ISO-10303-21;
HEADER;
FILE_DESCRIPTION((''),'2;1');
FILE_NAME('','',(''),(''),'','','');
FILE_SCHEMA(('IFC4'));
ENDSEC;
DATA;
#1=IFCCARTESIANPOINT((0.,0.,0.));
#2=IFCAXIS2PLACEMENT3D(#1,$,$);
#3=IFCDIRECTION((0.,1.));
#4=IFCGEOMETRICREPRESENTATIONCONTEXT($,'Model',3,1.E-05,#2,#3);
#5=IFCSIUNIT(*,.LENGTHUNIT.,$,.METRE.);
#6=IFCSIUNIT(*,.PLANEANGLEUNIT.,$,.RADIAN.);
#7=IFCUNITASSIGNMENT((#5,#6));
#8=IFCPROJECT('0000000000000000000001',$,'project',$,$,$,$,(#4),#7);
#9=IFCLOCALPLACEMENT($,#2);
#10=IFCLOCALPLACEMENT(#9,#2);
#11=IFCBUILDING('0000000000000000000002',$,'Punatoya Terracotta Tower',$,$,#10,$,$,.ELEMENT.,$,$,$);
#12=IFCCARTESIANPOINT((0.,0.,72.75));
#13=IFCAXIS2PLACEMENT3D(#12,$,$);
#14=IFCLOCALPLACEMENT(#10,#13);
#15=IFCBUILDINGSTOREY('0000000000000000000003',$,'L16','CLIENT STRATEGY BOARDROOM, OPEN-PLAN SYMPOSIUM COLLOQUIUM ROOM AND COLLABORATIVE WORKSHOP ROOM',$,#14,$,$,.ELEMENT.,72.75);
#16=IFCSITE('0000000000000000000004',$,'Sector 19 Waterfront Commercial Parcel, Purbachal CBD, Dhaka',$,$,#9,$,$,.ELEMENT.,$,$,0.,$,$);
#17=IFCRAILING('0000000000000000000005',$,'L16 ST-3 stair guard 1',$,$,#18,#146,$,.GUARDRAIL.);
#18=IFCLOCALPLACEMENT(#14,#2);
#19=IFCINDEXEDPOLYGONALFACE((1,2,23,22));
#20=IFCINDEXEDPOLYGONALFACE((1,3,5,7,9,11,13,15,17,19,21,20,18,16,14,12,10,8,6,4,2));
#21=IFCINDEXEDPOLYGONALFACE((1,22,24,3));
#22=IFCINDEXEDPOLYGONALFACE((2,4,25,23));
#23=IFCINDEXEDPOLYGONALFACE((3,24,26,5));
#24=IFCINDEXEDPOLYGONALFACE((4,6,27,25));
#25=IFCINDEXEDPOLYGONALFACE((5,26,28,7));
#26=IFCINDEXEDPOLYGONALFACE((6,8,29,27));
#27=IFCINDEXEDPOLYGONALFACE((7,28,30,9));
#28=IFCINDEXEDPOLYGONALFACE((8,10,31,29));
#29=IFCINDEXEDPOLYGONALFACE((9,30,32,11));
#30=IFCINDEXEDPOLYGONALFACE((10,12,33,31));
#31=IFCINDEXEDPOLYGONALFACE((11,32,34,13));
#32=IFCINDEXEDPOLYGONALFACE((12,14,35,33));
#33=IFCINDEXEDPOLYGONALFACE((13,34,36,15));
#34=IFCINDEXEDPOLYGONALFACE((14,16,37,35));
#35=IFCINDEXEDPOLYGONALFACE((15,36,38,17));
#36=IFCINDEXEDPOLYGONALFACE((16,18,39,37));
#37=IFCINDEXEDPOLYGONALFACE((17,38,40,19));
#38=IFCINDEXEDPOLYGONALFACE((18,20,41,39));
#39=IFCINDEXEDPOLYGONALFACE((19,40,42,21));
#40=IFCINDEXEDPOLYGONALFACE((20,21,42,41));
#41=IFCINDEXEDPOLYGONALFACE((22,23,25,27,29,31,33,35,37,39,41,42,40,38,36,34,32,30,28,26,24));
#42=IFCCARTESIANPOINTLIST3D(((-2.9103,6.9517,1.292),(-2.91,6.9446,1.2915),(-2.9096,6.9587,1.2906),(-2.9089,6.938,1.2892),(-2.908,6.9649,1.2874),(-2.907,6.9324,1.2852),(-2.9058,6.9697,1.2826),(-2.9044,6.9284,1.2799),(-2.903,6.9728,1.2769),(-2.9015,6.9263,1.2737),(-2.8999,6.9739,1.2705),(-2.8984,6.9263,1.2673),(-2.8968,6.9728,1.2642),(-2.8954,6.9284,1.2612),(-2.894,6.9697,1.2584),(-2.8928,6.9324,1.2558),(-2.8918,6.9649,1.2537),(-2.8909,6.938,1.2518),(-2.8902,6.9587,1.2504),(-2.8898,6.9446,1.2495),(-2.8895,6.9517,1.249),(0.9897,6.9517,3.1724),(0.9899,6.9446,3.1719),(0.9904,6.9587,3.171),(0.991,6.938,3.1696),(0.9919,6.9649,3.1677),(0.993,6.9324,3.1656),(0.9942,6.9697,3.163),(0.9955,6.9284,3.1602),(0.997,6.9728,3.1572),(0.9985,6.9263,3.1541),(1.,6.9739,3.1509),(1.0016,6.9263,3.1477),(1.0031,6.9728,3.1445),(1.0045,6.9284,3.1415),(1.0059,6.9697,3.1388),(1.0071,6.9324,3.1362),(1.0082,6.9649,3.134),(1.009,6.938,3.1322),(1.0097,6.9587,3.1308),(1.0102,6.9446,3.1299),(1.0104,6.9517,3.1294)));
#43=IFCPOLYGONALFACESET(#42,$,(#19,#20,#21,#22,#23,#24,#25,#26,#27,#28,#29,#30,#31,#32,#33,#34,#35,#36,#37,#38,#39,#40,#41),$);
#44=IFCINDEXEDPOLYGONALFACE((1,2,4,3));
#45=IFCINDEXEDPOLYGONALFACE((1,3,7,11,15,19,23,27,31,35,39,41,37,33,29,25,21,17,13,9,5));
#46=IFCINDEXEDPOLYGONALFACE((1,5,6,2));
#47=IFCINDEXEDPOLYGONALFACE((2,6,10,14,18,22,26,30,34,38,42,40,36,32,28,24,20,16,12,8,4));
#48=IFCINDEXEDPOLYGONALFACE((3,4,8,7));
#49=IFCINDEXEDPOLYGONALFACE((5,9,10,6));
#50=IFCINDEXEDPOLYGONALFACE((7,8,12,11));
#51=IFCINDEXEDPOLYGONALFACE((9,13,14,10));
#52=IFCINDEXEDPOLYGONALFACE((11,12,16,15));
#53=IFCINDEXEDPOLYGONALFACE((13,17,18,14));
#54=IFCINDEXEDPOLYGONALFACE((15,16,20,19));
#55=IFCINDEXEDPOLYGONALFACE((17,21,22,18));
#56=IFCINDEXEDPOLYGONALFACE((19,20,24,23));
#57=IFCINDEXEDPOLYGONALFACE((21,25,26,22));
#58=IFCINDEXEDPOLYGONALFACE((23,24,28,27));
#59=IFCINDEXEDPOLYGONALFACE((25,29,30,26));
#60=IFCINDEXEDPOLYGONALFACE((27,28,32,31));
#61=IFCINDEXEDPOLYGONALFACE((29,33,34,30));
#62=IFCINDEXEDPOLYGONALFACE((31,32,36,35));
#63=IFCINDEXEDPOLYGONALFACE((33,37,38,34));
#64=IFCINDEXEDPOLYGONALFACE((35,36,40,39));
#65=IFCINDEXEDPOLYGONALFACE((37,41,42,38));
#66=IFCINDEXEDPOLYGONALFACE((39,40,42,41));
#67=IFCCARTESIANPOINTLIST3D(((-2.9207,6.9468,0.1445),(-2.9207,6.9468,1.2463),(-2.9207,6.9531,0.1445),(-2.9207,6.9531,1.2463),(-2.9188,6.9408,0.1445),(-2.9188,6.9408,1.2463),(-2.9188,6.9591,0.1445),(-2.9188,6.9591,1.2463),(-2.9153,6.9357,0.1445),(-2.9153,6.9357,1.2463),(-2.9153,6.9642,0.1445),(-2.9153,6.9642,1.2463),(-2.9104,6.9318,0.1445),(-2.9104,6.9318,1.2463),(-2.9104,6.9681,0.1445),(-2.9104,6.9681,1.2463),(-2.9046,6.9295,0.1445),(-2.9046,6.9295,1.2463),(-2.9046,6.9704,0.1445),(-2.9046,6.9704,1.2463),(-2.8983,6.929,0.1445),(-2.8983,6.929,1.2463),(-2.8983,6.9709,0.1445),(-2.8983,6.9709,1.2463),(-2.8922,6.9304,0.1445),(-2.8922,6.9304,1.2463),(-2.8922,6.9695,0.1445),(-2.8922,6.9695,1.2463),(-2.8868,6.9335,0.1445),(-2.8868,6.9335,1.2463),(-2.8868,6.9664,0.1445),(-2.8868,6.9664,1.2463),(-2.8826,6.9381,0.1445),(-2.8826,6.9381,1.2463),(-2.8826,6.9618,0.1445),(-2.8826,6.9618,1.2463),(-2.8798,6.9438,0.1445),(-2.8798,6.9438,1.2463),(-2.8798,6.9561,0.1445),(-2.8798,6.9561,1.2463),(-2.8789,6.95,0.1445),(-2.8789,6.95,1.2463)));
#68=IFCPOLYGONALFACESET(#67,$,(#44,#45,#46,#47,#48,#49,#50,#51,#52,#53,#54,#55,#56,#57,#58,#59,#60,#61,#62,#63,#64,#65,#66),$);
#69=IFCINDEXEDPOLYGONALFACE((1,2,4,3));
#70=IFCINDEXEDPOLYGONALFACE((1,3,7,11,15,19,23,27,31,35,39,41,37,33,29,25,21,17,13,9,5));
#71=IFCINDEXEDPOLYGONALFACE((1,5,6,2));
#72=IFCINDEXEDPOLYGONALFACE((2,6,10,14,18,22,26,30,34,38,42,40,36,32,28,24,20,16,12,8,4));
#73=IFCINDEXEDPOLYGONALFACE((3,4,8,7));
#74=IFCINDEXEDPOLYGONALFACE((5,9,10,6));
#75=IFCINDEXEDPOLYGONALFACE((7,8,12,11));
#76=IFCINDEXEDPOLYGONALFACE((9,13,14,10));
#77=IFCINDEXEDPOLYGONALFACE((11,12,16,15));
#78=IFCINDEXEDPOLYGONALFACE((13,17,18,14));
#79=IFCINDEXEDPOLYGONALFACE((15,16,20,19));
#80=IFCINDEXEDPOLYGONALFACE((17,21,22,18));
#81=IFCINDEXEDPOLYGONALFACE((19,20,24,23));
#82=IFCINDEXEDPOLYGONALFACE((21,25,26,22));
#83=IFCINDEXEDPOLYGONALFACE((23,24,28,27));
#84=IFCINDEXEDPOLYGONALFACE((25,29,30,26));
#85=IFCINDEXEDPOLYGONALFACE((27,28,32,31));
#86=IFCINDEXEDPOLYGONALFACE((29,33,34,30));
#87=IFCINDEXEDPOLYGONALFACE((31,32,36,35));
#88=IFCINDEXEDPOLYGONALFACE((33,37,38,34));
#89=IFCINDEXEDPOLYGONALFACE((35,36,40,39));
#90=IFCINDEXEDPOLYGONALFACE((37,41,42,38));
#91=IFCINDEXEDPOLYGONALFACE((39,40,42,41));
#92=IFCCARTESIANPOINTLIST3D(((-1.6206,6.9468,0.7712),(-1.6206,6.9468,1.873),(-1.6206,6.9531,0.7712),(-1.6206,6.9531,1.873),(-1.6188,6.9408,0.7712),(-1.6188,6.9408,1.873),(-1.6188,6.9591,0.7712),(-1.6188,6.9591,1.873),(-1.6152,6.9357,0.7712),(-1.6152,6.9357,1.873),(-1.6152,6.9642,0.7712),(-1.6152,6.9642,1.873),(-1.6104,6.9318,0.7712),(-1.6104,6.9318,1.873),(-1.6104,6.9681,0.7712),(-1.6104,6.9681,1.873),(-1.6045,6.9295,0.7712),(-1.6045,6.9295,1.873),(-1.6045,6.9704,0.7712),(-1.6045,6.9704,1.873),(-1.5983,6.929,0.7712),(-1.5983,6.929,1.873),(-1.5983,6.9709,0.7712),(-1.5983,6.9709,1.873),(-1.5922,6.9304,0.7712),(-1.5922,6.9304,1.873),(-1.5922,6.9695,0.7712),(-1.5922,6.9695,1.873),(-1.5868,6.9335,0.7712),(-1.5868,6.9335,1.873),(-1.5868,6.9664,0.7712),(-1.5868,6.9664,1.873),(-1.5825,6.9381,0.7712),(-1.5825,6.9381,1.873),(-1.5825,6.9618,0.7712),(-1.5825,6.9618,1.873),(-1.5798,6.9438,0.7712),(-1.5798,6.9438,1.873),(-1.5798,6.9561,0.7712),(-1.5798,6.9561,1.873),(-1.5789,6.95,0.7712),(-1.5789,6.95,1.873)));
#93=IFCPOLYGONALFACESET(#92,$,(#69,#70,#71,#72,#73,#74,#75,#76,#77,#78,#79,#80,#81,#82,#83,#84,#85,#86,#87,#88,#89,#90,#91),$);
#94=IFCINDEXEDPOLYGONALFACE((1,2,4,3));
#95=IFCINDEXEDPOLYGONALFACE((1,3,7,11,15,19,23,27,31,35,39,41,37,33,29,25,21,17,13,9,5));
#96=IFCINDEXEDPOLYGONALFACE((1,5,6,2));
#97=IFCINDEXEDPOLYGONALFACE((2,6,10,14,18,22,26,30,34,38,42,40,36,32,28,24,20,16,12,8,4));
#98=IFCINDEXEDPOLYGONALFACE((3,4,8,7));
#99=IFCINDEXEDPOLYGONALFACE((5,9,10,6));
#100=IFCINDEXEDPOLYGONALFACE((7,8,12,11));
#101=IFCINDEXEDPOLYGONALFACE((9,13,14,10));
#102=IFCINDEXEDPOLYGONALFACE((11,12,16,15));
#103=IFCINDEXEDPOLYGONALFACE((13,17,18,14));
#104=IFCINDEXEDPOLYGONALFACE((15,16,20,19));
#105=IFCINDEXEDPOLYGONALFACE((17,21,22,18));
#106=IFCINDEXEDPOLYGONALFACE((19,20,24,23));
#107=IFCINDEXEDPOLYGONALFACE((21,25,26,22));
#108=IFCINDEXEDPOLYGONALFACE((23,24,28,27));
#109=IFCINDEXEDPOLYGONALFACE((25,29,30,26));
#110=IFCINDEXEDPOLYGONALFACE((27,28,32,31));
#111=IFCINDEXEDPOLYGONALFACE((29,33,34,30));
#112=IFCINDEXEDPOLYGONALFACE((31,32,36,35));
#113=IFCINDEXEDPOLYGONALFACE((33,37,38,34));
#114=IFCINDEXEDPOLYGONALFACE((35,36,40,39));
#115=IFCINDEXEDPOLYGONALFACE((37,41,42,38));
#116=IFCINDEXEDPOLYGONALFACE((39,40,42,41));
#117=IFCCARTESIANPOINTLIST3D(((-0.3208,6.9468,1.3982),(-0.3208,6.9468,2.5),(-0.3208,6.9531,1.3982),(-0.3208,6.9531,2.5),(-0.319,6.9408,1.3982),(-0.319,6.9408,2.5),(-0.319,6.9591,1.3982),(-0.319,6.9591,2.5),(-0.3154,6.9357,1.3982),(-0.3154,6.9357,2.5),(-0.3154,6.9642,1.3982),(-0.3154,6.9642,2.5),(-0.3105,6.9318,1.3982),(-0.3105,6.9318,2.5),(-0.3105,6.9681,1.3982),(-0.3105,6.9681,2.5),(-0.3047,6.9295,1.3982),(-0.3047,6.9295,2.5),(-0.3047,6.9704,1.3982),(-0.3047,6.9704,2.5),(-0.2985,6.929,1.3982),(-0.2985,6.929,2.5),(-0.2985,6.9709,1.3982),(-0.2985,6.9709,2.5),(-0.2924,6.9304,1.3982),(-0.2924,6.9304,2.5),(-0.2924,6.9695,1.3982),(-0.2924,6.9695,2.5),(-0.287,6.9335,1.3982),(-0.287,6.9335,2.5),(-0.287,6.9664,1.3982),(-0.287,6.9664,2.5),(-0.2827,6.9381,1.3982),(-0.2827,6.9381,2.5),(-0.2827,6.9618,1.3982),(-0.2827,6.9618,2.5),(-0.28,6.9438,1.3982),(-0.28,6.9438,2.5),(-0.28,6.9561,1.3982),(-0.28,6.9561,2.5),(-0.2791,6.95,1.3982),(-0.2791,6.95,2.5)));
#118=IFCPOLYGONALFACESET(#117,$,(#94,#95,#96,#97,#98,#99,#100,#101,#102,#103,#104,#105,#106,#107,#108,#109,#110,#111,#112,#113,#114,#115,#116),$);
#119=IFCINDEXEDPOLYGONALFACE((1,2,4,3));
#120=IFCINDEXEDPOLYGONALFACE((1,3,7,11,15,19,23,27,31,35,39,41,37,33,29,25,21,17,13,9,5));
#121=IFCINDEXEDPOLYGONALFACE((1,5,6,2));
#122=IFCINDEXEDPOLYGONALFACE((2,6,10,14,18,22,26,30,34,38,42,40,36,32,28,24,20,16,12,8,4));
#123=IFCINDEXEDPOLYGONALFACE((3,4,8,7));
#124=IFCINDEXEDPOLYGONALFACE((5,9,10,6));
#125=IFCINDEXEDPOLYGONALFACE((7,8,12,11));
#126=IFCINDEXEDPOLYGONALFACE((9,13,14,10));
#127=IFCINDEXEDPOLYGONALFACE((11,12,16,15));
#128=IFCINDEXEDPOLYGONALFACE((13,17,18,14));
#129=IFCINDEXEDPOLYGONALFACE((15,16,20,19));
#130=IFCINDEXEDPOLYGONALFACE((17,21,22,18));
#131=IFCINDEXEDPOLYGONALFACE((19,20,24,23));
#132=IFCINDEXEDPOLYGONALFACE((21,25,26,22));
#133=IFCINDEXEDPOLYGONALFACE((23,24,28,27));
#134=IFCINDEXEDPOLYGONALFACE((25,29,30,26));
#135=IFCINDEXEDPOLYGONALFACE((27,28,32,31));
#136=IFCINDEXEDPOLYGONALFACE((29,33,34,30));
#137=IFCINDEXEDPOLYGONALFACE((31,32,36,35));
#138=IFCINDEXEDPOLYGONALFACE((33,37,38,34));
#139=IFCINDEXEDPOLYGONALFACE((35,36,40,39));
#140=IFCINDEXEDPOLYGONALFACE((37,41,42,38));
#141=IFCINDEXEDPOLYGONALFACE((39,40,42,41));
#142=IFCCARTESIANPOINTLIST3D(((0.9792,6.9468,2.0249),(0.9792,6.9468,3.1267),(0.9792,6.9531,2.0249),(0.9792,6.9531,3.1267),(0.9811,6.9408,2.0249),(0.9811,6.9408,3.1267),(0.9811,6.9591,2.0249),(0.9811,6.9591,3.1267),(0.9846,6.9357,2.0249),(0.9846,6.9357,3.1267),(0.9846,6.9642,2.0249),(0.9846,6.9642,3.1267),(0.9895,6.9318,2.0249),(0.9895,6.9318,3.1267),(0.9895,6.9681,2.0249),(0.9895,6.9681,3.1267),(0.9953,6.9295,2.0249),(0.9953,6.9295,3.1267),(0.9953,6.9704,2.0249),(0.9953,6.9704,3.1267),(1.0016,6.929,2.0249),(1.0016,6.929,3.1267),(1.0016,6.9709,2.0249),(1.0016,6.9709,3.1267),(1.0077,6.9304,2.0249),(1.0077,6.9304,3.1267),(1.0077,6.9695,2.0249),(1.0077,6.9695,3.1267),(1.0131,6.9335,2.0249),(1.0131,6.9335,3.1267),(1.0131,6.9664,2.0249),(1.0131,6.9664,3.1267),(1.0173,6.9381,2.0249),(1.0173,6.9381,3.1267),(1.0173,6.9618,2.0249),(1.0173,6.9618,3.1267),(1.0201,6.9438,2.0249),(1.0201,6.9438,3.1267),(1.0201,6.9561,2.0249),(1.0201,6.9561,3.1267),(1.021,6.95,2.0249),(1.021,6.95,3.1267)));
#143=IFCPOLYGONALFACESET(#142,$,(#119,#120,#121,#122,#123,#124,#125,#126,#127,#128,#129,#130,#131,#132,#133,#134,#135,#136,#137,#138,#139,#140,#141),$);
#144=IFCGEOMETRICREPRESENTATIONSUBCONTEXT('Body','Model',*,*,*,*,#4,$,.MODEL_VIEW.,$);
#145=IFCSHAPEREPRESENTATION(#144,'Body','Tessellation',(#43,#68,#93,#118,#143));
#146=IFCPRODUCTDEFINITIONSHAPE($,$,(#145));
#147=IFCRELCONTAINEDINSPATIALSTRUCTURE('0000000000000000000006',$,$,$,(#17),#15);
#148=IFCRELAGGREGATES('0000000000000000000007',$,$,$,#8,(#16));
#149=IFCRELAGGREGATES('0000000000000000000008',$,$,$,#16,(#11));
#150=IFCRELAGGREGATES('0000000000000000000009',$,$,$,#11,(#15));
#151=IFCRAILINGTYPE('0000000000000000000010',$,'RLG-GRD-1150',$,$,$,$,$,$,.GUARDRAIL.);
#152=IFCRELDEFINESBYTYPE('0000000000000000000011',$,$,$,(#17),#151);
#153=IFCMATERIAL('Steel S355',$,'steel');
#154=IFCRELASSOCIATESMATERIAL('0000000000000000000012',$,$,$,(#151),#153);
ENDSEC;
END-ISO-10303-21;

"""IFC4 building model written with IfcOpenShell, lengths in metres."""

from ifc_helpers import new_model, si_unit, direction, frame, origin, origin_2d, place, context, subcontext, project, spatial, circle, extrude, material, type_object, element, save


model = new_model("IFC4")

# Units and contexts
model_context = context("Model", 3, precision=1e-05, world=origin(), true_north=direction((0.0, 1.0)))
body_context = subcontext(model_context, "Body", "Model", "MODEL_VIEW")
ifc_project = project(units=[si_unit("LENGTHUNIT", "METRE"), si_unit("PLANEANGLEUNIT", "RADIAN")], contexts=[model_context])

# Site, building, storey
site_placement = place(None, origin())
site = spatial("IfcSite", under=ifc_project, at=site_placement, Name="Sector 19 Waterfront Commercial Parcel, Purbachal CBD, Dhaka", CompositionType="ELEMENT", RefElevation=0.0)
building_placement = place(site_placement, origin())
building = spatial("IfcBuilding", under=site, at=building_placement, Name="Punatoya Terracotta Tower", CompositionType="ELEMENT")
storey_placement = place(building_placement, frame((0.0, 0.0, 72.75)))
storey = spatial("IfcBuildingStorey", under=building, at=storey_placement, Name="L16", Description="CLIENT STRATEGY BOARDROOM, OPEN-PLAN SYMPOSIUM COLLOQUIUM ROOM AND COLLABORATIVE WORKSHOP ROOM", CompositionType="ELEMENT", Elevation=72.75)

# Shared definitions
ifc_material_1 = material(Name="Steel S355", Category="steel")

# Railing
railing_type_1 = type_object("IfcRailingType", Name="RLG-GRD-1150", PredefinedType="GUARDRAIL", material=ifc_material_1)
railing_1_placement = place(storey_placement, frame((-2.8999, 6.95, 0.1445)))
element("IfcRailing", 1, at=railing_1_placement, inside=storey, type_object=railing_type_1, Name="L16 ST-3 stair guard 1", PredefinedType="GUARDRAIL", context=body_context, shape_type="SweptSolid", body=[
    extrude(circle(Radius=0.0239, at=origin_2d()), frame((0.0, 0.0, 1.126), z_axis=(0.900763, 0.0, 0.434311), x_axis=(0.0, 1.0, 0.0)), (0.0, 0.0, 1.0), 4.3296),
    extrude(circle(Radius=0.021, at=origin_2d()), origin(), (0.0, 0.0, 1.0), 1.1018),
    extrude(circle(Radius=0.021, at=origin_2d()), frame((1.3, 0.0, 0.6267)), (0.0, 0.0, 1.0), 1.1018),
    extrude(circle(Radius=0.021, at=origin_2d()), frame((2.5999, 0.0, 1.2537)), (0.0, 0.0, 1.0), 1.1018),
    extrude(circle(Radius=0.021, at=origin_2d()), frame((3.8999, 0.0, 1.8804)), (0.0, 0.0, 1.0), 1.1018),
])

save(model, "model.ifc")
